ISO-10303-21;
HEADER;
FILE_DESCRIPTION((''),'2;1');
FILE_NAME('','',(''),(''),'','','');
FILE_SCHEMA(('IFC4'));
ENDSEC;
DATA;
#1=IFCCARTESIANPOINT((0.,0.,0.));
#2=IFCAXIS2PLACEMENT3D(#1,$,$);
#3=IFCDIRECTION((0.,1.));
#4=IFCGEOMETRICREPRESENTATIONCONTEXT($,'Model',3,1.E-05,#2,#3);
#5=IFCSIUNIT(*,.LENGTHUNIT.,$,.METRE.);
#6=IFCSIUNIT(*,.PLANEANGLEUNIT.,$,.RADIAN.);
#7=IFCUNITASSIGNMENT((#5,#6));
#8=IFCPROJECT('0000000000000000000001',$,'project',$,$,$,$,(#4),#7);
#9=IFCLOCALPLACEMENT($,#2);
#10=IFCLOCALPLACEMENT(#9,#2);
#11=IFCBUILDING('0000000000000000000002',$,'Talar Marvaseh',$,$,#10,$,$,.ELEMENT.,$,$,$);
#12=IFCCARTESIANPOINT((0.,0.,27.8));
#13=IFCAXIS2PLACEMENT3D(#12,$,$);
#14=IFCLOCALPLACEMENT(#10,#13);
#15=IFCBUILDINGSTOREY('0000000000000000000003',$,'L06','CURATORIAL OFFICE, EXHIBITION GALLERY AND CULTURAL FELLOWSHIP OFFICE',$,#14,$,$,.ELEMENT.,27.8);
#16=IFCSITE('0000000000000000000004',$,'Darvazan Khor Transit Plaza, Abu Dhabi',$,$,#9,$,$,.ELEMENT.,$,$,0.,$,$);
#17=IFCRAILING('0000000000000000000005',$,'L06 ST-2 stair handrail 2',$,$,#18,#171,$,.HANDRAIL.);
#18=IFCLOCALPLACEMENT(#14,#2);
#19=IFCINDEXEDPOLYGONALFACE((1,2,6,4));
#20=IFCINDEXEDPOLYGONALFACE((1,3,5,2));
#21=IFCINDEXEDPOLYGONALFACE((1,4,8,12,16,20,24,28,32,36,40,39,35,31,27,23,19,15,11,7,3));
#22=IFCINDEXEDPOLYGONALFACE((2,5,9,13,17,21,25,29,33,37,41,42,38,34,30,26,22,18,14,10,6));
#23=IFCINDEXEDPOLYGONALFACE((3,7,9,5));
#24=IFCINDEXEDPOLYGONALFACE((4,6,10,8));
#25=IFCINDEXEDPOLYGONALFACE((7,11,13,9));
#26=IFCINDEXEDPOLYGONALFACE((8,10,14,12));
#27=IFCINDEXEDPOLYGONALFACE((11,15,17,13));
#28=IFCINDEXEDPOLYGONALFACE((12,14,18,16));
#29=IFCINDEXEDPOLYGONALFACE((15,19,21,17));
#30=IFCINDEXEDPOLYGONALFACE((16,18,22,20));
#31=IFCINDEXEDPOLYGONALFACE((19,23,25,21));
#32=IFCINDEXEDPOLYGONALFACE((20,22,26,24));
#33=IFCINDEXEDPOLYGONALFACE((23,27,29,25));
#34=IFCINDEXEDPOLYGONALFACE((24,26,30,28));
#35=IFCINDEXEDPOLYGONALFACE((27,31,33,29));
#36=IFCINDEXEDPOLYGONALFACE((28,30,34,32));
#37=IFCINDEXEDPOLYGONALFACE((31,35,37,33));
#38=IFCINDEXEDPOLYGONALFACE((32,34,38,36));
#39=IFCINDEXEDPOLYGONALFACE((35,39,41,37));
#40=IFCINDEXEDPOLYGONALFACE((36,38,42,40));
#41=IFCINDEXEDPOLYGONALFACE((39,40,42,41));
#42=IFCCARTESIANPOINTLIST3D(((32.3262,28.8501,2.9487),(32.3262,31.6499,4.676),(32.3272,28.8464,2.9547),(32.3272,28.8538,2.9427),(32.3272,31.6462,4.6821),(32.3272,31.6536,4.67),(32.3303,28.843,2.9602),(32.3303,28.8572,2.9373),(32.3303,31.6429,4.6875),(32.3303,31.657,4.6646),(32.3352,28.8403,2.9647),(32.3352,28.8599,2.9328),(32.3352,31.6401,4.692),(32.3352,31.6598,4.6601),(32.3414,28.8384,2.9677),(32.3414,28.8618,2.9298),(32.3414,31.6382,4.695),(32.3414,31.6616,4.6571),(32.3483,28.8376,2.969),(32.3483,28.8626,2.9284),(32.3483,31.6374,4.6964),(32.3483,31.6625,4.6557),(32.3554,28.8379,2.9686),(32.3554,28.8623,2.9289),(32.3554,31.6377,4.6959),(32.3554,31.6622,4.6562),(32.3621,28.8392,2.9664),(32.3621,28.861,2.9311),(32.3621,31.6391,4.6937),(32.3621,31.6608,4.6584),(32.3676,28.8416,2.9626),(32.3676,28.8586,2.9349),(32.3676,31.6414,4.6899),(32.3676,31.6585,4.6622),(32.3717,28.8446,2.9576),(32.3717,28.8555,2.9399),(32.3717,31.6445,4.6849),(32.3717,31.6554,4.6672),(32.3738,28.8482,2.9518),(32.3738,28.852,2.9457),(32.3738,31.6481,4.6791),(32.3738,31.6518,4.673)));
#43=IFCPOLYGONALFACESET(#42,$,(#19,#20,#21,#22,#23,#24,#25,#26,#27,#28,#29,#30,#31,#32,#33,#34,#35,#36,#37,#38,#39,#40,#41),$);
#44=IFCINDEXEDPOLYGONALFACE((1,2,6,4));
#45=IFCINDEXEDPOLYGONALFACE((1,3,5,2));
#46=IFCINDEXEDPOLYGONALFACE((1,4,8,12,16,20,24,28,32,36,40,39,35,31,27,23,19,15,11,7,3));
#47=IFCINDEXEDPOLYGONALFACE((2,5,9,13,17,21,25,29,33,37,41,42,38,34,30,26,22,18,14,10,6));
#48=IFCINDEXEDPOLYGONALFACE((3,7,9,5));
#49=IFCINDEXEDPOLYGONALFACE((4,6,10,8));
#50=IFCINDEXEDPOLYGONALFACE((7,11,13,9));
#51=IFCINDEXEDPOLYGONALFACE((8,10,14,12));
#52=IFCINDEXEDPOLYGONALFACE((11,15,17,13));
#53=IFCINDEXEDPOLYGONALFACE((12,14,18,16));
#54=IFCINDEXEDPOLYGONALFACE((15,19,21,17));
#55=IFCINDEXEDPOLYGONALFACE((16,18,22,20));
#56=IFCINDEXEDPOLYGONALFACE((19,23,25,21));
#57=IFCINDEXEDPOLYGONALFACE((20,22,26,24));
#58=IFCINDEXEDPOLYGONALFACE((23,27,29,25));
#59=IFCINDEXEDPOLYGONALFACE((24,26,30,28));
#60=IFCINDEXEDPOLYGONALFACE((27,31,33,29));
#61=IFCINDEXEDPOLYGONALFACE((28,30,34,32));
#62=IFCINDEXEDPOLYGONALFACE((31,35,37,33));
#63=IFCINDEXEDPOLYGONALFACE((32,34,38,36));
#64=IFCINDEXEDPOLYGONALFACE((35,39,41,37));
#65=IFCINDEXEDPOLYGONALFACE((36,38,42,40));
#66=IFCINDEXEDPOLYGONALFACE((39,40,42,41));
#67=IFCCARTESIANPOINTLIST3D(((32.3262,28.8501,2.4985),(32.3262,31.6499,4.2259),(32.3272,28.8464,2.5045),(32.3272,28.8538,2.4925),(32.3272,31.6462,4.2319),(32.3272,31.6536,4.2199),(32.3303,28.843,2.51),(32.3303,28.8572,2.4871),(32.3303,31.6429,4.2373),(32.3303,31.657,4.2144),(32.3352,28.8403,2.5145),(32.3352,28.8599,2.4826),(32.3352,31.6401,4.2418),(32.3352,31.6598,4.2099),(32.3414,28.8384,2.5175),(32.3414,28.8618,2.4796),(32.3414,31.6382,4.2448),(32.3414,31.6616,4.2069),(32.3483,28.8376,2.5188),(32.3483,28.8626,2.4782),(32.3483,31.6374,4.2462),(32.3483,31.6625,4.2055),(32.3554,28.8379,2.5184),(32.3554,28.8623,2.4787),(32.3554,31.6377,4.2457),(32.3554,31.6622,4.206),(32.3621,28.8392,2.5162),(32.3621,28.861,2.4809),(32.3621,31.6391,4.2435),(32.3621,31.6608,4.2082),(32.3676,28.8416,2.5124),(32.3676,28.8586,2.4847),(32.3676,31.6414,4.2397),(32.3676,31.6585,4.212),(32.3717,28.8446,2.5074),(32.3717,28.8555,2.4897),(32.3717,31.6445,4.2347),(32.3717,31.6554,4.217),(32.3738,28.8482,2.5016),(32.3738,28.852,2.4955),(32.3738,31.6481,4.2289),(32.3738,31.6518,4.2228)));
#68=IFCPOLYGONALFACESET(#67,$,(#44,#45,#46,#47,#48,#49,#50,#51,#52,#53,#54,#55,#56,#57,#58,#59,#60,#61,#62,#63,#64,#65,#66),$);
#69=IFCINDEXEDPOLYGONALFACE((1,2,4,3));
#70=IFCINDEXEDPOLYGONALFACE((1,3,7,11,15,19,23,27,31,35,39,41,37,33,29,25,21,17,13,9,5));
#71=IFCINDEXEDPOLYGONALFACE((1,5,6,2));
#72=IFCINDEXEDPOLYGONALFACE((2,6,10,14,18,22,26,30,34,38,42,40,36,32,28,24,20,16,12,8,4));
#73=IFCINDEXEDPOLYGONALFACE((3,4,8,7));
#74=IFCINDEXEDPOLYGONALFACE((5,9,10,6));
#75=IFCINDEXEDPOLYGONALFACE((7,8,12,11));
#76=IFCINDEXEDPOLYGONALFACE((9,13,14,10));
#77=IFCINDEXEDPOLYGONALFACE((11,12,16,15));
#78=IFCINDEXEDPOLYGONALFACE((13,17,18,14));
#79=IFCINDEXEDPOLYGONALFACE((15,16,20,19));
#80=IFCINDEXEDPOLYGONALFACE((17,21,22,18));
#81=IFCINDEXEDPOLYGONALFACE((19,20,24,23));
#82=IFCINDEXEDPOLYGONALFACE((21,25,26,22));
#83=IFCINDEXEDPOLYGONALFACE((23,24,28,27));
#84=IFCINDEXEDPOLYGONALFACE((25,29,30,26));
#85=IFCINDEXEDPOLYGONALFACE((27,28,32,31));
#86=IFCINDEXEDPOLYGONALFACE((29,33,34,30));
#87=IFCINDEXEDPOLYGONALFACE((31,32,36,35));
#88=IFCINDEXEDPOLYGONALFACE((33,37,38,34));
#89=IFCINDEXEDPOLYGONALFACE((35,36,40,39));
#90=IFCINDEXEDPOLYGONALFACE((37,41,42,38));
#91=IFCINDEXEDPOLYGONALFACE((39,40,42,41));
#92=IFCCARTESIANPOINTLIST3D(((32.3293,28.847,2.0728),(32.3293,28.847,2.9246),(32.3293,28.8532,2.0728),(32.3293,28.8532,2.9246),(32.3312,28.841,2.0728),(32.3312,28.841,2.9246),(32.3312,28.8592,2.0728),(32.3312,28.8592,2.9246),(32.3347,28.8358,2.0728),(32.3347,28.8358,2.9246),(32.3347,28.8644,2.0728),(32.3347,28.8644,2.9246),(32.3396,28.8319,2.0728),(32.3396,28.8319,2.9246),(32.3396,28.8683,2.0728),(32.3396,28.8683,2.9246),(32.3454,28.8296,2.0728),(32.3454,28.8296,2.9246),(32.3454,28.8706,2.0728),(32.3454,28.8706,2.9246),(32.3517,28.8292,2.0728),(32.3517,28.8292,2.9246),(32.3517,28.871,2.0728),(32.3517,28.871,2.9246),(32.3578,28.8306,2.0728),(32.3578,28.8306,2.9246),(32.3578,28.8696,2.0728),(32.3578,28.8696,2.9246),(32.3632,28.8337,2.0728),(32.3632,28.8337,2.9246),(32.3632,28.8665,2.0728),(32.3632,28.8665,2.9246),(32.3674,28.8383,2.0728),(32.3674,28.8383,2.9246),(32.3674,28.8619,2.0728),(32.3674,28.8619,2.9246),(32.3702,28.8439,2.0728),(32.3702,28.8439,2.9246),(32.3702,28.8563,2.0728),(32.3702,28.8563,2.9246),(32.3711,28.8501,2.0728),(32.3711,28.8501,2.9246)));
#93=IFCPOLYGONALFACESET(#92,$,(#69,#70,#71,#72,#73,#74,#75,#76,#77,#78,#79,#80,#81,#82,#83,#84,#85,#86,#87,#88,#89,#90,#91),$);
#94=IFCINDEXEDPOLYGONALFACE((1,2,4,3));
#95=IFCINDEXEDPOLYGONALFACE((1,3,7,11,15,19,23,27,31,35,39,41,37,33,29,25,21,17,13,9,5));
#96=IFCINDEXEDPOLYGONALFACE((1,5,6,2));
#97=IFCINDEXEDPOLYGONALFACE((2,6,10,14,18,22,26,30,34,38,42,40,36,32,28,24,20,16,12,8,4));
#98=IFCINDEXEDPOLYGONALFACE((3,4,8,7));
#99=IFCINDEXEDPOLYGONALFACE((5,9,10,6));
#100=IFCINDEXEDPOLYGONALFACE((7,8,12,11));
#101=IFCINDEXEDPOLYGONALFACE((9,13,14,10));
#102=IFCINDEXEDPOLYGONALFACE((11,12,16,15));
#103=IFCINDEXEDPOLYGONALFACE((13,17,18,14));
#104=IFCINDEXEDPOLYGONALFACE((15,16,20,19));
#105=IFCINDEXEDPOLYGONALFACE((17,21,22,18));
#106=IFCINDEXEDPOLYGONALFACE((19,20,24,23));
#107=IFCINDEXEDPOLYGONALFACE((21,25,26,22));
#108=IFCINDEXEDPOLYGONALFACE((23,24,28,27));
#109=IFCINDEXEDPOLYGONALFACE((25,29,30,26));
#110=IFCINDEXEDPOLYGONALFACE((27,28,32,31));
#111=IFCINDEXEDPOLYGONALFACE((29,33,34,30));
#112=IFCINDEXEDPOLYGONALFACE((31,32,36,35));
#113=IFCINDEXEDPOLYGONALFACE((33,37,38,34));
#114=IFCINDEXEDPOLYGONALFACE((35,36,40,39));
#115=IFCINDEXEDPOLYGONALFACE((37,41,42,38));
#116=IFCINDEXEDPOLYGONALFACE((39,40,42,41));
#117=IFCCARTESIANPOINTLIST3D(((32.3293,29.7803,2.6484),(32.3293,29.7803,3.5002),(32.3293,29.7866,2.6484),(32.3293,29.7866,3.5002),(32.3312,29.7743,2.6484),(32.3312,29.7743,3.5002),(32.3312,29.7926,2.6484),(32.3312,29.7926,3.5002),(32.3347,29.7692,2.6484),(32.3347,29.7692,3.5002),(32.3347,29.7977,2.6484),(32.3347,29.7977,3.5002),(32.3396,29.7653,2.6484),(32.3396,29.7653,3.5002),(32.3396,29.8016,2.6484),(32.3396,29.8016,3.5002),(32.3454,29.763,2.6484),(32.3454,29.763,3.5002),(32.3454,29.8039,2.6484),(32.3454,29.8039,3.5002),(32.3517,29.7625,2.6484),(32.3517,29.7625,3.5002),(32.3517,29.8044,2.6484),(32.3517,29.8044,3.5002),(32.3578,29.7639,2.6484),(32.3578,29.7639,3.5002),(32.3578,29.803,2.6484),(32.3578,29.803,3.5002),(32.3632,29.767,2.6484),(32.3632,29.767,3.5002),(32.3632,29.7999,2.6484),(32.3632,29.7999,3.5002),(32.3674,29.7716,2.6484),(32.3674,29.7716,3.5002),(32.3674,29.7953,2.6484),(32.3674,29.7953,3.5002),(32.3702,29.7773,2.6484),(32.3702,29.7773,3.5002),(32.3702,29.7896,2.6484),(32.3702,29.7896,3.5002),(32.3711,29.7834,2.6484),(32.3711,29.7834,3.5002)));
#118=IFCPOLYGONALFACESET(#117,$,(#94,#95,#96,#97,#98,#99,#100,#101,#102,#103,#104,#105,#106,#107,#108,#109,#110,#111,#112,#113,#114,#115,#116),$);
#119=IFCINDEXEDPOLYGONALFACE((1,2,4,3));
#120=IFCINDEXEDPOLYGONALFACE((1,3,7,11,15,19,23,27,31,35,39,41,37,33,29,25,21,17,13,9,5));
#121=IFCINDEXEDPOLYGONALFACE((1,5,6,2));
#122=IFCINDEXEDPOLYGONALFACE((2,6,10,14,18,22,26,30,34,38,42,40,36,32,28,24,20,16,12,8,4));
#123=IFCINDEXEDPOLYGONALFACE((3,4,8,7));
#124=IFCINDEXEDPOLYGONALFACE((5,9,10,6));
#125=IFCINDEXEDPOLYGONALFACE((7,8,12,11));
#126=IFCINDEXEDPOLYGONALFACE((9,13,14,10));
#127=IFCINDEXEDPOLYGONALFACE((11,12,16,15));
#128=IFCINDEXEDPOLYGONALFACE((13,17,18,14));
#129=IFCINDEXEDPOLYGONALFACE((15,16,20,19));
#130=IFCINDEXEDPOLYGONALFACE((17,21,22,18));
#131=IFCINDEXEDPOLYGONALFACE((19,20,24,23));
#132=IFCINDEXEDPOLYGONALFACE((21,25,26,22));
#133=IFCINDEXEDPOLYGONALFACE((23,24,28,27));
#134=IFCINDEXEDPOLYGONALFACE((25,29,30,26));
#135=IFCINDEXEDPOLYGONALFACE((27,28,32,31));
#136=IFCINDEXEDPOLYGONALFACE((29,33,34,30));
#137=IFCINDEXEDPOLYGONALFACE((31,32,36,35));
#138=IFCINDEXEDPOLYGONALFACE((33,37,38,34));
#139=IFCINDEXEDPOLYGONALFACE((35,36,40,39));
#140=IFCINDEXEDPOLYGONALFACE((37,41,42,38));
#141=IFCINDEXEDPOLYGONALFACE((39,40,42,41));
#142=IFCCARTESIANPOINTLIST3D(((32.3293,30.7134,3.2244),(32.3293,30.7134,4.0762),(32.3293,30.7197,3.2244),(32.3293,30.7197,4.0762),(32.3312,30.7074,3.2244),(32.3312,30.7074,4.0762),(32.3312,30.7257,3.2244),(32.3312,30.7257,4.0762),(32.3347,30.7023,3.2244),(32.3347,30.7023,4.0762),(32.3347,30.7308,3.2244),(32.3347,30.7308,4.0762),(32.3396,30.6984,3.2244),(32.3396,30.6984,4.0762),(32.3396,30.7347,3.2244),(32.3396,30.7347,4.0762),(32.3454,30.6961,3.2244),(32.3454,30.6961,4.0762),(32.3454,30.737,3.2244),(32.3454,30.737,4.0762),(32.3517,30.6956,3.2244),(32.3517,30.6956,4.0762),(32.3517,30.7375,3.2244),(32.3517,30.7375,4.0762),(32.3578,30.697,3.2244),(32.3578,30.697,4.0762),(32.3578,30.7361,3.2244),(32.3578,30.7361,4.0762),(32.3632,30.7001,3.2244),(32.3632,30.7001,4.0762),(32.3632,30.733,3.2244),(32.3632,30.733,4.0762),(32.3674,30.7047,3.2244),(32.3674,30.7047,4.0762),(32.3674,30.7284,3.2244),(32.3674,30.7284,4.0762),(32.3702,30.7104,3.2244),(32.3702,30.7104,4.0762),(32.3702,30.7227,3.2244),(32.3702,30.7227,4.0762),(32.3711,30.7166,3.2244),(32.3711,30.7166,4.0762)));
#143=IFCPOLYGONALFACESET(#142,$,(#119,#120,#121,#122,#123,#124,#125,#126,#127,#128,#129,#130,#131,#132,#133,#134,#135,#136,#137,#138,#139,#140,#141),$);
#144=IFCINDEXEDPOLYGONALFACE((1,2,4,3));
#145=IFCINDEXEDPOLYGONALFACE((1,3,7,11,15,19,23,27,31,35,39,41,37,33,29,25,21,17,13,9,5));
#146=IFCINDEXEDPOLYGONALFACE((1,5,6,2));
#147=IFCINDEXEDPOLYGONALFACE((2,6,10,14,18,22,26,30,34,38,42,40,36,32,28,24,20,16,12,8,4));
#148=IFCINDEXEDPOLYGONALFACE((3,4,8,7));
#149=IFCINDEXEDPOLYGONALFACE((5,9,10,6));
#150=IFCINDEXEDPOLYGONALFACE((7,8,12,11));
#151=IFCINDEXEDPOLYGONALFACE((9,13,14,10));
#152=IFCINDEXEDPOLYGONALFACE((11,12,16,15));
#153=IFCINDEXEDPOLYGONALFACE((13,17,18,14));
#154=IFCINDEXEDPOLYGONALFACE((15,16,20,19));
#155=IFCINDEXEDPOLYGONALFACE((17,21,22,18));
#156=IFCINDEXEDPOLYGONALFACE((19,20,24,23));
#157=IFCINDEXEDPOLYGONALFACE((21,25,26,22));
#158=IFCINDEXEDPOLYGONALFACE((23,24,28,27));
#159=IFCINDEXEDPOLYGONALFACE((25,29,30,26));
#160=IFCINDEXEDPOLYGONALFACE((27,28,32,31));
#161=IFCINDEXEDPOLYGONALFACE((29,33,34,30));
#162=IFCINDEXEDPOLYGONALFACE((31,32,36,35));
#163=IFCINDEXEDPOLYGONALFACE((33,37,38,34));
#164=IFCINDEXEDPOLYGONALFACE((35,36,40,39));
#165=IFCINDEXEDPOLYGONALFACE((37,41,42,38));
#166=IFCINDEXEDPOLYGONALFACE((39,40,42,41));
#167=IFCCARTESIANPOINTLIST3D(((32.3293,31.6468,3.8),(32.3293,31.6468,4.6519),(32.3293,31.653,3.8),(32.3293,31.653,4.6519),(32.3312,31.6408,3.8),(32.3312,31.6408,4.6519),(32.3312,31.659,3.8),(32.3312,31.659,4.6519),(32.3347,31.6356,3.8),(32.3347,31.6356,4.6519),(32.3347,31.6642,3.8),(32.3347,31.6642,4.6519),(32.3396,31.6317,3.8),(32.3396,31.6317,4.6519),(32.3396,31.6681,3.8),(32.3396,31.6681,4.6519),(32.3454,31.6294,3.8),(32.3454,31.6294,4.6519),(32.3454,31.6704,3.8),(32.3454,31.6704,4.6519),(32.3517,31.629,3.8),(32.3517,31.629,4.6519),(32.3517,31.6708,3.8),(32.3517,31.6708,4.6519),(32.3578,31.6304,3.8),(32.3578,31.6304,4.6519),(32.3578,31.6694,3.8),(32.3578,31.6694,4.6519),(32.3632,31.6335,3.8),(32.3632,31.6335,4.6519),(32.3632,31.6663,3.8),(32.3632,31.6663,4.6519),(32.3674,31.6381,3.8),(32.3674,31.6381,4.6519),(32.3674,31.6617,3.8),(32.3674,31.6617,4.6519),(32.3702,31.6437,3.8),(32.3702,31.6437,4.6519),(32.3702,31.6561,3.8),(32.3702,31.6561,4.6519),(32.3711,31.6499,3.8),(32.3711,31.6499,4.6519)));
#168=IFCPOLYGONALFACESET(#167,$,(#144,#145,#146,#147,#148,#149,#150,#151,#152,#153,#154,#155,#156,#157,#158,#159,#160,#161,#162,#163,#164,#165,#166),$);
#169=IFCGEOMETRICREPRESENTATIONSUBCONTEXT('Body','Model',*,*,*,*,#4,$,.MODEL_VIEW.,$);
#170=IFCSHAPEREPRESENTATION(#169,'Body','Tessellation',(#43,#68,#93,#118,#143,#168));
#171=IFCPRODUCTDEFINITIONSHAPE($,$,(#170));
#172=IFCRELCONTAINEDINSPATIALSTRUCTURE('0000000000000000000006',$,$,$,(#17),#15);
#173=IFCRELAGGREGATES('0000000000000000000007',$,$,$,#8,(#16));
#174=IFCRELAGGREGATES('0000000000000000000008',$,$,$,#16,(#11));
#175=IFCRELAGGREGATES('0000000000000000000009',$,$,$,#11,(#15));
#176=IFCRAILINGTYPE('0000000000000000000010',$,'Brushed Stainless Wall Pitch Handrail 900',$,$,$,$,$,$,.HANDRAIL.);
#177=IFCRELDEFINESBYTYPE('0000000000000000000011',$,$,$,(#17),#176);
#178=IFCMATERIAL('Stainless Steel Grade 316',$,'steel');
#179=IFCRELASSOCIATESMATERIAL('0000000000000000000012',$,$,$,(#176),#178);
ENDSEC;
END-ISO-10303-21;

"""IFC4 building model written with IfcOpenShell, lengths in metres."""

from ifc_helpers import new_model, si_unit, direction, frame, origin, origin_2d, place, context, subcontext, project, spatial, circle, extrude, material, type_object, element, save


model = new_model("IFC4")

# Units and contexts
model_context = context("Model", 3, precision=1e-05, world=origin(), true_north=direction((0.0, 1.0)))
body_context = subcontext(model_context, "Body", "Model", "MODEL_VIEW")
ifc_project = project(units=[si_unit("LENGTHUNIT", "METRE"), si_unit("PLANEANGLEUNIT", "RADIAN")], contexts=[model_context])

# Site, building, storey
site_placement = place(None, origin())
site = spatial("IfcSite", under=ifc_project, at=site_placement, Name="Darvazan Khor Transit Plaza, Abu Dhabi", CompositionType="ELEMENT", RefElevation=0.0)
building_placement = place(site_placement, origin())
building = spatial("IfcBuilding", under=site, at=building_placement, Name="Talar Marvaseh", CompositionType="ELEMENT")
storey_placement = place(building_placement, frame((0.0, 0.0, 27.8)))
storey = spatial("IfcBuildingStorey", under=building, at=storey_placement, Name="L06", Description="CURATORIAL OFFICE, EXHIBITION GALLERY AND CULTURAL FELLOWSHIP OFFICE", CompositionType="ELEMENT", Elevation=27.8)

# Railing
ifc_material_1 = material(Name="Stainless Steel Grade 316", Category="steel")
railing_type_1 = type_object("IfcRailingType", Name="Brushed Stainless Wall Pitch Handrail 900", PredefinedType="HANDRAIL", material=ifc_material_1)
railing_1_placement = place(storey_placement, frame((32.3501, 28.8501, 2.0728)))
element("IfcRailing", 1, at=railing_1_placement, inside=storey, type_object=railing_type_1, Name="L06 ST-2 stair handrail 2", PredefinedType="HANDRAIL", context=body_context, shape_type="SweptSolid", body=[
    extrude(circle(Radius=0.0239, at=origin_2d()), frame((0.0, 0.0, 0.876), z_axis=(0.0, 0.851069, 0.525054), x_axis=(-1.0, 0.0, 0.0)), (0.0, 0.0, 1.0), 3.2898),
    extrude(circle(Radius=0.0239, at=origin_2d()), frame((0.0, 0.0, 0.4258), z_axis=(0.0, 0.851069, 0.525054), x_axis=(-1.0, 0.0, 0.0)), (0.0, 0.0, 1.0), 3.2898),
    extrude(circle(Radius=0.021, at=origin_2d()), origin(), (0.0, 0.0, 1.0), 0.8518),
    extrude(circle(Radius=0.021, at=origin_2d()), frame((0.0, 0.9333, 0.5757)), (0.0, 0.0, 1.0), 0.8518),
    extrude(circle(Radius=0.021, at=origin_2d()), frame((0.0, 1.8665, 1.1516)), (0.0, 0.0, 1.0), 0.8518),
    extrude(circle(Radius=0.021, at=origin_2d()), frame((0.0, 2.7998, 1.7273)), (0.0, 0.0, 1.0), 0.8518),
])

save(model, "model.ifc")
